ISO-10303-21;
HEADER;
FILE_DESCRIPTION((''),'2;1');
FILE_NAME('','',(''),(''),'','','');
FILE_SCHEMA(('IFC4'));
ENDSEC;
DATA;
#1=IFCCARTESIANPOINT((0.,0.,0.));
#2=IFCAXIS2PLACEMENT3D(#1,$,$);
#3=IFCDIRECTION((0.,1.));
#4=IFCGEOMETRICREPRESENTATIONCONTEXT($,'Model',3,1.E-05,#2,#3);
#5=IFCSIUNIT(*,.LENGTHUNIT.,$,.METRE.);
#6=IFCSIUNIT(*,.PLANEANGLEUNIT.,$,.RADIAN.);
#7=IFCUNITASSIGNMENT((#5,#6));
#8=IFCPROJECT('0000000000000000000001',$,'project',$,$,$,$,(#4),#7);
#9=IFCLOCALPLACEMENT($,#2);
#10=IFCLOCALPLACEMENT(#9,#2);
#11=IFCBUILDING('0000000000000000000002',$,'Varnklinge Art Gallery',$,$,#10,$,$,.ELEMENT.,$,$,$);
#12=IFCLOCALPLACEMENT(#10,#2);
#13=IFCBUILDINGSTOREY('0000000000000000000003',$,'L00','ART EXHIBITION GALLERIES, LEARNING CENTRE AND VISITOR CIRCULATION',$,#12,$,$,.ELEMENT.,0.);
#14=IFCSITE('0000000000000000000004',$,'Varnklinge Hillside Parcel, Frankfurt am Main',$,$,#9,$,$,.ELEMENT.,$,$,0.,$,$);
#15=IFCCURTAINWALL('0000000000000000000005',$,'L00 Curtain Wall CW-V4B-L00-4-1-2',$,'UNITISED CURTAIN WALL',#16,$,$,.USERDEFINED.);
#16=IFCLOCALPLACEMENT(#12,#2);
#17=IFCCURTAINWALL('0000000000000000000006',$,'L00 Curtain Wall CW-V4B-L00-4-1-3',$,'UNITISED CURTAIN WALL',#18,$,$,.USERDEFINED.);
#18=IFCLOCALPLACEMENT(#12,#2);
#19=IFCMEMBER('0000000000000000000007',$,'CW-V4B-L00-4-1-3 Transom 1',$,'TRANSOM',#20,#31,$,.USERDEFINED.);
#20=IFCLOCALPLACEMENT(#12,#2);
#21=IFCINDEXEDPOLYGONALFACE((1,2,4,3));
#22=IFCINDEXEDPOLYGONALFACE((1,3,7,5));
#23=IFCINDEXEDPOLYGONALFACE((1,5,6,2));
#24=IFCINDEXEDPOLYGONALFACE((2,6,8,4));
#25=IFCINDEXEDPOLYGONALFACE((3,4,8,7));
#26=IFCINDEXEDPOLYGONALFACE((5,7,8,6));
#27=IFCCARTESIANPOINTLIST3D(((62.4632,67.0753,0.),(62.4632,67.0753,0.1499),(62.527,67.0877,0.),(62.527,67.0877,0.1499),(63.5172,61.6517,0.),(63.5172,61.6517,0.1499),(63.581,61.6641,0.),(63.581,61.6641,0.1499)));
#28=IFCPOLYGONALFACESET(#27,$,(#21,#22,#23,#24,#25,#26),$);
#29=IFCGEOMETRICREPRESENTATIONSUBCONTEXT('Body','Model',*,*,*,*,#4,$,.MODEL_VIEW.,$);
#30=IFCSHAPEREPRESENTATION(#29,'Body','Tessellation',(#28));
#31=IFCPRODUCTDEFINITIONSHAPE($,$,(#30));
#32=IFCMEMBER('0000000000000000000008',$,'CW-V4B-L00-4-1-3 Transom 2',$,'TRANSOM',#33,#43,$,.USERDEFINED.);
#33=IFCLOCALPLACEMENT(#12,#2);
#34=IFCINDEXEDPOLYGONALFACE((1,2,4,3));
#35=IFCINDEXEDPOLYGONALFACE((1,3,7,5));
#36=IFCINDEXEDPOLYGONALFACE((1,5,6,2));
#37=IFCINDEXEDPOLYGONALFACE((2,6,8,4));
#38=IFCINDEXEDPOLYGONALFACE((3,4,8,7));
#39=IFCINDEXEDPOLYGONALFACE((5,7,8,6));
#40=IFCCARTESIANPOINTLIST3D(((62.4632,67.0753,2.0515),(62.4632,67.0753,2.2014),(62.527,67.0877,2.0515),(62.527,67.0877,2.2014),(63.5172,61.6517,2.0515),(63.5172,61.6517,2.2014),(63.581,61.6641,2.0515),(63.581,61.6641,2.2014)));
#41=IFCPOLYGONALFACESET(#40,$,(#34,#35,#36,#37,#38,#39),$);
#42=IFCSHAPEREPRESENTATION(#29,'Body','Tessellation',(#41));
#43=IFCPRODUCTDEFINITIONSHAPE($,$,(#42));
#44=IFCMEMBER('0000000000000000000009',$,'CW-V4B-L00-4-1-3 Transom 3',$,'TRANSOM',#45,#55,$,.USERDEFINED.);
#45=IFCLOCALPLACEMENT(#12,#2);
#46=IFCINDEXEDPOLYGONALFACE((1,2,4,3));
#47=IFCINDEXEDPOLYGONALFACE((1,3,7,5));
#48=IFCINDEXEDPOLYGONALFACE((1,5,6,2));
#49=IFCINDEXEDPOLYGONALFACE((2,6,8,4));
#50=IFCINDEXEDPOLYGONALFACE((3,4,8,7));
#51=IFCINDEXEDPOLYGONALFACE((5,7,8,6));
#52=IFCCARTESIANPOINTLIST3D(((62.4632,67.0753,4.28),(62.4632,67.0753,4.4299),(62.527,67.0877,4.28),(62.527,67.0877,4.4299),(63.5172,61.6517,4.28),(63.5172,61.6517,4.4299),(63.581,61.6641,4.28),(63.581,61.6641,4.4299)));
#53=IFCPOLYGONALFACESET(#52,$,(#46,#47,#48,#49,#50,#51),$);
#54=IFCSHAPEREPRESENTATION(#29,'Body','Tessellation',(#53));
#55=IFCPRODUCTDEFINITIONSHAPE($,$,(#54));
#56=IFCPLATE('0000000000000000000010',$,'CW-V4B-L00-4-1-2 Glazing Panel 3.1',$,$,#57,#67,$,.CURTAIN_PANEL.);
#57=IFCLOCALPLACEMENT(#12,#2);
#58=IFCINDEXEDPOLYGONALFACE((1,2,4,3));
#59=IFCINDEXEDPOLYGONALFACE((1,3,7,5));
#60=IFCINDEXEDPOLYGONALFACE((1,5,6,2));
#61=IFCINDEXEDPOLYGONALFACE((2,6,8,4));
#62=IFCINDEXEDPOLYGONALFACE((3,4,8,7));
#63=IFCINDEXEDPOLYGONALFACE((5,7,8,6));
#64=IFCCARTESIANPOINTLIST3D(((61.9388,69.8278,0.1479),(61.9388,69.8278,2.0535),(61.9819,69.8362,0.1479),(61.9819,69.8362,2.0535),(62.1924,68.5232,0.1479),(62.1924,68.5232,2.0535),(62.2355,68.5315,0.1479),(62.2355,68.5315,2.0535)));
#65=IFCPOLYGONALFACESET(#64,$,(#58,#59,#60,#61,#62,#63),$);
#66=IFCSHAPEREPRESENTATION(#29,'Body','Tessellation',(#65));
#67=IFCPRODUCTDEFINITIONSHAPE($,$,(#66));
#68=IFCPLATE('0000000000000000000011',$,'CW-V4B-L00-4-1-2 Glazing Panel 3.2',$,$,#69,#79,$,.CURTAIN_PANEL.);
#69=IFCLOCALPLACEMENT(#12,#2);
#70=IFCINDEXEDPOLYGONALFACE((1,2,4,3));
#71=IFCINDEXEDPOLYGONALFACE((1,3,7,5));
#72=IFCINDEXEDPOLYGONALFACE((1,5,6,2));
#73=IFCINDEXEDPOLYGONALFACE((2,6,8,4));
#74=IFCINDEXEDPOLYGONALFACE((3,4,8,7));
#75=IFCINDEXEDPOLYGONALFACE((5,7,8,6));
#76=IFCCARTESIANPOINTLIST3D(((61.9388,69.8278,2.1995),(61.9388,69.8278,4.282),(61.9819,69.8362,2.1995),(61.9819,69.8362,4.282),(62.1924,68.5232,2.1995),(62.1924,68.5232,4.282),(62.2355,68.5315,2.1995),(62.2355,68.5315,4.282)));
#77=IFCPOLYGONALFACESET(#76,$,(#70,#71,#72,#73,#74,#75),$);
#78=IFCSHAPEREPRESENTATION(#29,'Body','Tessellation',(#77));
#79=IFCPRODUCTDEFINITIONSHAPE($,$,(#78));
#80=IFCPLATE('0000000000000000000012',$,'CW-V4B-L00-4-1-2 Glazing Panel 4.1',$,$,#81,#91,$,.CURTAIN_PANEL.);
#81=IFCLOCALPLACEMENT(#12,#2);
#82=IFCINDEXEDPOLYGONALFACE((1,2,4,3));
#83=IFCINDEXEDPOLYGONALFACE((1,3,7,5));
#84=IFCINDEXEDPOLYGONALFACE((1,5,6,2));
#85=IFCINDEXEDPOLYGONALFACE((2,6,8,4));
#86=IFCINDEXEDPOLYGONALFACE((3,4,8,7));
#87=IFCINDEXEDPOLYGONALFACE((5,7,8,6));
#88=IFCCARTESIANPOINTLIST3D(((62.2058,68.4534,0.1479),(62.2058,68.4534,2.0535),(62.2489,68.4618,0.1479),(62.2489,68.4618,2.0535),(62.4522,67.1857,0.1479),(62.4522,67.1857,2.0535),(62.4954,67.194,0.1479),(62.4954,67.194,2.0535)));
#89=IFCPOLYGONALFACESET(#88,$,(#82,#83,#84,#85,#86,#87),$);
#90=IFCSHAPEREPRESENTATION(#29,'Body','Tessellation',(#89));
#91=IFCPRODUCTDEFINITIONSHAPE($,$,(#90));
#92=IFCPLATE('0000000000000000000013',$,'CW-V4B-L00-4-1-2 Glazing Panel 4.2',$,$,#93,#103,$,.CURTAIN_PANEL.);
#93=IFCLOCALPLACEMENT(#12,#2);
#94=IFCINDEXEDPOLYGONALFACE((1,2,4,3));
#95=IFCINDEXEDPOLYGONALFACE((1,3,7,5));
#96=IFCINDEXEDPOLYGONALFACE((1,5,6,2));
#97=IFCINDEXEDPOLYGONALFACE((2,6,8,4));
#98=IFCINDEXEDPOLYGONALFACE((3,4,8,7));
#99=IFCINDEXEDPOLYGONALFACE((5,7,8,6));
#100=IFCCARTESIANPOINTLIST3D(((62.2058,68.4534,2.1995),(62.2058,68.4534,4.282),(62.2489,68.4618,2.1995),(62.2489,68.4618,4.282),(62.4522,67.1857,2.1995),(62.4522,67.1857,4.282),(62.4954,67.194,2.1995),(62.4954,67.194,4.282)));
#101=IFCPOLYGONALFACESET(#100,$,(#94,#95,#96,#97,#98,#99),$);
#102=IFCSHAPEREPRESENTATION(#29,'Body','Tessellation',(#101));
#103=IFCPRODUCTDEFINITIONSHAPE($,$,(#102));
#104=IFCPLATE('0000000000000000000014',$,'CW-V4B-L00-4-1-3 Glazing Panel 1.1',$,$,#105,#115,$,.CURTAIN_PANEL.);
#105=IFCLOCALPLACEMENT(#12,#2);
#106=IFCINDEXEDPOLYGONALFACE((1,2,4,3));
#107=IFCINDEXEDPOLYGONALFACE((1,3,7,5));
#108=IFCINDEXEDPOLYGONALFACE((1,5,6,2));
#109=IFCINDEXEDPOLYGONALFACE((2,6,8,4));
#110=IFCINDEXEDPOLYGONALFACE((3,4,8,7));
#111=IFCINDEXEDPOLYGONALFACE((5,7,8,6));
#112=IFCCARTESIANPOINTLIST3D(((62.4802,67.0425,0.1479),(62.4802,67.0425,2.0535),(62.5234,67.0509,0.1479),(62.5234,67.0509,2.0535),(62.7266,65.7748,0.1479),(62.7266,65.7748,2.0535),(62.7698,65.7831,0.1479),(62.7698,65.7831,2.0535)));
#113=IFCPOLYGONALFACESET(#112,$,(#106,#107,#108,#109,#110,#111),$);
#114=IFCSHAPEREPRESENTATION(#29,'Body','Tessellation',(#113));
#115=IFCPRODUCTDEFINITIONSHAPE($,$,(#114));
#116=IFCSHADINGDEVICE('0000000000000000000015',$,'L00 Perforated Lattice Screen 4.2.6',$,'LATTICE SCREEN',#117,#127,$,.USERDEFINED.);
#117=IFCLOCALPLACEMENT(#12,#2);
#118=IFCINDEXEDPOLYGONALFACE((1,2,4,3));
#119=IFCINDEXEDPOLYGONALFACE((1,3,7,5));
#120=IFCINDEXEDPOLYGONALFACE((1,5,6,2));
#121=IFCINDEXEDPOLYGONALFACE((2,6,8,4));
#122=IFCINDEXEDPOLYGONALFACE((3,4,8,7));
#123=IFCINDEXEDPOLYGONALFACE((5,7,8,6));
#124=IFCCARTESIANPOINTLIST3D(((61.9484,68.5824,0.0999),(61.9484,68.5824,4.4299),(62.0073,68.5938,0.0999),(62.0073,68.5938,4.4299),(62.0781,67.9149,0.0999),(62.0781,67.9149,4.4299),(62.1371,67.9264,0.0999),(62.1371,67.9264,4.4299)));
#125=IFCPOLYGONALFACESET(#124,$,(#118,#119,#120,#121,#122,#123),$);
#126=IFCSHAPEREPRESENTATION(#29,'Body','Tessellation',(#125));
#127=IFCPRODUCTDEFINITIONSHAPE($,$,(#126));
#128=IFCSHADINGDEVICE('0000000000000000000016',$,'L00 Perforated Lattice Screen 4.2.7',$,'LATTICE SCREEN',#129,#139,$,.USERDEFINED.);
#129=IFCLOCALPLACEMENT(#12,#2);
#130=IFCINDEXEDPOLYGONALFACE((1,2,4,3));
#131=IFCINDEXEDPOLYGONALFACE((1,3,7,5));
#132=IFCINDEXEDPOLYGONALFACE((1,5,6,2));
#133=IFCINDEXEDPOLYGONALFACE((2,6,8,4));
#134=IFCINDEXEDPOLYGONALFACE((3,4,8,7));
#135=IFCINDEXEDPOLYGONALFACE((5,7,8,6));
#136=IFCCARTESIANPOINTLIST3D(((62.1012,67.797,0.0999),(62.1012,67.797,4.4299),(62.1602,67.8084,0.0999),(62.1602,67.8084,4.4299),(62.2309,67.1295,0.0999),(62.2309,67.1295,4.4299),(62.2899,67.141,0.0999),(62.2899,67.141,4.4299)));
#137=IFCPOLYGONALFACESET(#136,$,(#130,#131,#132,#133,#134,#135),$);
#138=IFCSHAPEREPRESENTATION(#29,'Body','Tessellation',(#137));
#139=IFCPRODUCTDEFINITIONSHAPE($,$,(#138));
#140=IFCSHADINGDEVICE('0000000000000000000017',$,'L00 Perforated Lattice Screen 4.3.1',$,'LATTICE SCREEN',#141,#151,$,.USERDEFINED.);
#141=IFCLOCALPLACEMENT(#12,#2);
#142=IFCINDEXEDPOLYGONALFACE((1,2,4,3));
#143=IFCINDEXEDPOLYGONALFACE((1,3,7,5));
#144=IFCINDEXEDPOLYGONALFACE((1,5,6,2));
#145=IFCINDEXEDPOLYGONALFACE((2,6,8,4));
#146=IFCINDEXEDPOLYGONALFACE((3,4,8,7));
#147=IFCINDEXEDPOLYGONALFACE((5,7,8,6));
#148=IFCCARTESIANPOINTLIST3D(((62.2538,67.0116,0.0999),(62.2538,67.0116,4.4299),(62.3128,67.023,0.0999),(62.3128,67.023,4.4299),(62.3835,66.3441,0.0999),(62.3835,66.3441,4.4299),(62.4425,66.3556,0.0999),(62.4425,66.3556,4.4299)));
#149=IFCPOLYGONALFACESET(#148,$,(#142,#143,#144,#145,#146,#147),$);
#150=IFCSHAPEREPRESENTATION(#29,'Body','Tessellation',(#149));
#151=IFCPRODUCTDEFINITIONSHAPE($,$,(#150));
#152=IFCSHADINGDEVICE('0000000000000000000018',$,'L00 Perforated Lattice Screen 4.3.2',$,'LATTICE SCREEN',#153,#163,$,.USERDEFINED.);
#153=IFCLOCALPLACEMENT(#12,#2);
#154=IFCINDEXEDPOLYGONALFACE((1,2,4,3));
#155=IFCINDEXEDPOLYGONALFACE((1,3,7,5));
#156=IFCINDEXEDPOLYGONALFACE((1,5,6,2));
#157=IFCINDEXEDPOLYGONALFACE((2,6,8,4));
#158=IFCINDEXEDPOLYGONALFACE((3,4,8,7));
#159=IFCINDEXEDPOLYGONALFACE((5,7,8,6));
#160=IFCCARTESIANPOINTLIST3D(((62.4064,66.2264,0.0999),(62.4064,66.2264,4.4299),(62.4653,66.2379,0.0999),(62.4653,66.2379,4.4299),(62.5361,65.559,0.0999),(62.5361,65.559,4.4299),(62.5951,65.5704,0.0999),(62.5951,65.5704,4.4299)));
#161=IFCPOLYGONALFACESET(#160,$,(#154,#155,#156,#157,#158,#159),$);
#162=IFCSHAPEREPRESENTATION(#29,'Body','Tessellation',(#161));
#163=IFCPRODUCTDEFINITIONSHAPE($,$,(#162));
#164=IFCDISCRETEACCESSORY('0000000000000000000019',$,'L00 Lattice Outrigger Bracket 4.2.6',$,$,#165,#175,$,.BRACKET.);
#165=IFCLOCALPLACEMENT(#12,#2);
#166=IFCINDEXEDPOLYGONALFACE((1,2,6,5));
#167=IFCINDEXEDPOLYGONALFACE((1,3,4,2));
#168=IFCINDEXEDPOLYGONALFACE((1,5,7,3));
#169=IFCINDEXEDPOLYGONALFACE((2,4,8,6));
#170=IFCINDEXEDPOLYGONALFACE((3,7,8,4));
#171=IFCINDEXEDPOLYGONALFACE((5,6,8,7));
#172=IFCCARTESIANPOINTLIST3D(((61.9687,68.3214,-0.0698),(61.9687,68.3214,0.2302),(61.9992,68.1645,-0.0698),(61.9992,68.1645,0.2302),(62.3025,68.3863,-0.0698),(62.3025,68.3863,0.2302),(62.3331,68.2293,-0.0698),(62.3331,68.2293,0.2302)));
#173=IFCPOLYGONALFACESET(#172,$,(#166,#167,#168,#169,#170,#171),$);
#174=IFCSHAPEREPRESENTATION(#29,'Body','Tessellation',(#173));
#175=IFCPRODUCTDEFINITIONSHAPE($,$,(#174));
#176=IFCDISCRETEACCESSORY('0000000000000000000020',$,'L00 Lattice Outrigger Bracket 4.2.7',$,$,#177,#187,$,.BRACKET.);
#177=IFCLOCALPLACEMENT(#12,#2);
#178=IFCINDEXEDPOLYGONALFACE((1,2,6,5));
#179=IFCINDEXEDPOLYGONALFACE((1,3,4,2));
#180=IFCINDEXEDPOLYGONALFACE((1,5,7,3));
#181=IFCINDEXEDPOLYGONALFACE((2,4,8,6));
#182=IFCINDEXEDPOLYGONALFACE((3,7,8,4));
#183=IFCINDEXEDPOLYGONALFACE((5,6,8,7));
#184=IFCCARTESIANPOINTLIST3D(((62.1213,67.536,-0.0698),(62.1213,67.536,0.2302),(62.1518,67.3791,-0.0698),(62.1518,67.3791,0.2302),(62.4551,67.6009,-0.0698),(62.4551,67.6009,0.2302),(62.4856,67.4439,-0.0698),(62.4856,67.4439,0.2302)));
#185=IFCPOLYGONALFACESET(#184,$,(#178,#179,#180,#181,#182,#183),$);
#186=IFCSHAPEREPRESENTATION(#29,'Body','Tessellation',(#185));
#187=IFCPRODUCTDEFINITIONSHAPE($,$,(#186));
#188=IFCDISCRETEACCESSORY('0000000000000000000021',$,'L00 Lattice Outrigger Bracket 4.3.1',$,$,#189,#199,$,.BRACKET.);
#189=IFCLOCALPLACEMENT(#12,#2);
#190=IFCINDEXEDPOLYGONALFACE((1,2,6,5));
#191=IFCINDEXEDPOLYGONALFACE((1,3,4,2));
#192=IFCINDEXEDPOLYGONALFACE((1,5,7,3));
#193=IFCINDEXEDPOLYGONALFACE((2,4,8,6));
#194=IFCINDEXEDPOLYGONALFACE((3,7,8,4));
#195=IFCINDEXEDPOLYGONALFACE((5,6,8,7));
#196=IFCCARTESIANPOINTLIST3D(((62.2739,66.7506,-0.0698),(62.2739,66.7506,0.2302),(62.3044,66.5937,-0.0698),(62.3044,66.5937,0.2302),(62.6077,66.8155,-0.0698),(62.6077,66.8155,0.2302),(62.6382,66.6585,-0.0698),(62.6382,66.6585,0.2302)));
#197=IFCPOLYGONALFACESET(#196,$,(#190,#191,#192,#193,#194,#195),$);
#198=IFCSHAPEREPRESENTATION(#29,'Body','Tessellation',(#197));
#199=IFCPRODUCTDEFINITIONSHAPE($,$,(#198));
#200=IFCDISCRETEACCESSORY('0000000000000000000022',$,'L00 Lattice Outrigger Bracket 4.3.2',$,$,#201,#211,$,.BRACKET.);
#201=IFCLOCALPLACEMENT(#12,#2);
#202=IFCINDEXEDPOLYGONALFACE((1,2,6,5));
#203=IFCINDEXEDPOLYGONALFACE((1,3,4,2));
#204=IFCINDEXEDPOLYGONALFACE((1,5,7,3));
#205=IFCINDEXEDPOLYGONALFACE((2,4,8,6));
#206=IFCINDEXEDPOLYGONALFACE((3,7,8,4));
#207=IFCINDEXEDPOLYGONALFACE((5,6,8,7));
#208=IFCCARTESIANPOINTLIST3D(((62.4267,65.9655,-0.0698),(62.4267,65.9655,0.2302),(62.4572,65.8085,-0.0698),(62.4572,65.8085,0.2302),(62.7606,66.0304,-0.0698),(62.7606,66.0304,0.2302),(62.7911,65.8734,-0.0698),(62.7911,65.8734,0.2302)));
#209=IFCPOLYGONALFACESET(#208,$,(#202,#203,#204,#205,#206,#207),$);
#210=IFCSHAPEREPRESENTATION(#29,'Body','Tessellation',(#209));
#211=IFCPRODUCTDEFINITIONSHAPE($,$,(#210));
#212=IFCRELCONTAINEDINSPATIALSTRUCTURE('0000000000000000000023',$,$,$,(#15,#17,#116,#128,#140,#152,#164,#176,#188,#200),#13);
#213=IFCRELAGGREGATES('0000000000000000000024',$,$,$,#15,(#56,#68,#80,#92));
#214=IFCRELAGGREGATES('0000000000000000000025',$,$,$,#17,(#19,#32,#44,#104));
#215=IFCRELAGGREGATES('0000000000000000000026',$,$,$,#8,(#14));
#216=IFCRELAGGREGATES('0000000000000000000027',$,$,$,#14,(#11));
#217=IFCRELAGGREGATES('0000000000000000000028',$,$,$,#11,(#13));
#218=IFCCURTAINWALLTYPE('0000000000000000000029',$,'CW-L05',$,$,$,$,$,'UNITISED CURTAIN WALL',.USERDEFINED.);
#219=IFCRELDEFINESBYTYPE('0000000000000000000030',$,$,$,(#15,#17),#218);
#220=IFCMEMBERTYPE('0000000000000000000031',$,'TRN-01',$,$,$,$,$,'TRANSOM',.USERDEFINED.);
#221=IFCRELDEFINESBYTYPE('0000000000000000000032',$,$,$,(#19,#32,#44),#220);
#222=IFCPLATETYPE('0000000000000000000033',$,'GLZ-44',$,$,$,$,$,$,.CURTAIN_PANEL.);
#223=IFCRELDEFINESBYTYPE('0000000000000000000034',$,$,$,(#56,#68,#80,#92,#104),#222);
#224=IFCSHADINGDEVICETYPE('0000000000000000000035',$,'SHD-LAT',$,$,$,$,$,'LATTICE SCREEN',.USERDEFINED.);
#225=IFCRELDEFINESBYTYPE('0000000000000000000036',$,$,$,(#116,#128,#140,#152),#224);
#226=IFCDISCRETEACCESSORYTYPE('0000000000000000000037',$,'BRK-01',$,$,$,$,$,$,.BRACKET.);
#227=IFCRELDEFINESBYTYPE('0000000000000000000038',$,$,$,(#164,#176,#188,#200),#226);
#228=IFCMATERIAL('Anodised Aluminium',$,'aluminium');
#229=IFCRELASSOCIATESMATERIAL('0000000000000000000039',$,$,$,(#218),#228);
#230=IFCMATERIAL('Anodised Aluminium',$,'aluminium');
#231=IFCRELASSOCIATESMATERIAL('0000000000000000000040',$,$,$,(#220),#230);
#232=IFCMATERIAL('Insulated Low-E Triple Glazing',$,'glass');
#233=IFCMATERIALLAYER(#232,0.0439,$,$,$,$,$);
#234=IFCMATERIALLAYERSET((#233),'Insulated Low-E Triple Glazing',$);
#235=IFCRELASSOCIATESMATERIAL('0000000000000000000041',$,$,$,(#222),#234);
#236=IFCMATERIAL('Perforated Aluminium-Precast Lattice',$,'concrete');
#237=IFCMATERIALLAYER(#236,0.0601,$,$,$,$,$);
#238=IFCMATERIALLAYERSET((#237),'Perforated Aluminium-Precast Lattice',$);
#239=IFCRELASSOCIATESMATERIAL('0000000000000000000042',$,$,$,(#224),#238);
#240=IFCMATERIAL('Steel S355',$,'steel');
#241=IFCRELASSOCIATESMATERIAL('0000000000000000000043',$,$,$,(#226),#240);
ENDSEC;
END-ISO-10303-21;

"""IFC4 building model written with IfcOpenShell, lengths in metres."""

from ifc_helpers import new_model, si_unit, direction, frame, origin, origin_2d, place, context, subcontext, project, spatial, rectangle, extrude, material, layer, layer_set, material_profile, profile_set, type_object, element, aggregate, save


model = new_model("IFC4")

# Units and contexts
model_context = context("Model", 3, precision=1e-05, world=origin(), true_north=direction((0.0, 1.0)))
body_context = subcontext(model_context, "Body", "Model", "MODEL_VIEW")
ifc_project = project(units=[si_unit("LENGTHUNIT", "METRE"), si_unit("PLANEANGLEUNIT", "RADIAN")], contexts=[model_context])

# Site, building, storey
site_placement = place(None, origin())
site = spatial("IfcSite", under=ifc_project, at=site_placement, Name="Varnklinge Hillside Parcel, Frankfurt am Main", CompositionType="ELEMENT", RefElevation=0.0)
building_placement = place(site_placement, origin())
building = spatial("IfcBuilding", under=site, at=building_placement, Name="Varnklinge Art Gallery", CompositionType="ELEMENT")
storey_placement = place(building_placement, origin())
storey = spatial("IfcBuildingStorey", under=building, at=storey_placement, Name="L00", Description="ART EXHIBITION GALLERIES, LEARNING CENTRE AND VISITOR CIRCULATION", CompositionType="ELEMENT", Elevation=0.0)

# Curtain wall
ifc_material_1 = material(Name="Anodised Aluminium", Category="aluminium")
curtain_wall_type = type_object("IfcCurtainWallType", Name="CW-L05", ElementType="UNITISED CURTAIN WALL", PredefinedType="USERDEFINED", material=ifc_material_1)
curtain_wall_1_placement = place(storey_placement, origin())
curtain_wall_1 = element("IfcCurtainWall", 1, at=curtain_wall_1_placement, inside=storey, type_object=curtain_wall_type, Name="L00 Curtain Wall CW-V4B-L00-4-1-2", ObjectType="UNITISED CURTAIN WALL", PredefinedType="USERDEFINED")

# Curtain wall
curtain_wall_2_placement = place(storey_placement, origin())
curtain_wall_2 = element("IfcCurtainWall", 2, at=curtain_wall_2_placement, inside=storey, type_object=curtain_wall_type, Name="L00 Curtain Wall CW-V4B-L00-4-1-3", ObjectType="UNITISED CURTAIN WALL", PredefinedType="USERDEFINED")

# Members
ifc_material_2 = material(Name="Anodised Aluminium", Category="aluminium")
ifc_material_profile_1 = material_profile(ifc_material_2, rectangle(XDim=0.0649, YDim=0.1499, at=origin_2d()), Name="ALU 65x150")
ifc_profile_set_1 = profile_set([ifc_material_profile_1], Name="Anodised Aluminium")
member_type_1 = type_object("IfcMemberType", Name="TRN-01", ElementType="TRANSOM", PredefinedType="USERDEFINED", material=ifc_profile_set_1)
member_1_placement = place(storey_placement, frame((62.4951, 67.0815, 0.075), z_axis=(0.19076, -0.981637, 0.0), x_axis=(0.981637, 0.19076, 0.0)))
member_1 = element("IfcMember", 3, at=member_1_placement, type_object=member_type_1, Name="CW-V4B-L00-4-1-3 Transom 1", ObjectType="TRANSOM", PredefinedType="USERDEFINED", context=body_context, shape_type="SweptSolid", body=[
    extrude(rectangle(XDim=0.0649, YDim=0.1499, at=origin_2d()), origin(), (0.0, 0.0, 1.0), 5.5251),
])
member_2_placement = place(storey_placement, frame((62.4951, 67.0815, 2.1265), z_axis=(0.19076, -0.981637, 0.0), x_axis=(0.981637, 0.19076, 0.0)))
member_2 = element("IfcMember", 4, at=member_2_placement, type_object=member_type_1, Name="CW-V4B-L00-4-1-3 Transom 2", ObjectType="TRANSOM", PredefinedType="USERDEFINED", context=body_context, shape_type="SweptSolid", body=[
    extrude(rectangle(XDim=0.0649, YDim=0.1499, at=origin_2d()), origin(), (0.0, 0.0, 1.0), 5.5251),
])
member_3_placement = place(storey_placement, frame((62.4951, 67.0815, 4.355), z_axis=(0.19076, -0.981637, 0.0), x_axis=(0.981637, 0.19076, 0.0)))
member_3 = element("IfcMember", 5, at=member_3_placement, type_object=member_type_1, Name="CW-V4B-L00-4-1-3 Transom 3", ObjectType="TRANSOM", PredefinedType="USERDEFINED", context=body_context, shape_type="SweptSolid", body=[
    extrude(rectangle(XDim=0.0649, YDim=0.1499, at=origin_2d()), origin(), (0.0, 0.0, 1.0), 5.5251),
])

# Plates
ifc_material_3 = material(Name="Insulated Low-E Triple Glazing", Category="glass")
ifc_layer_1 = layer(ifc_material_3, 0.0439)
ifc_layer_set_1 = layer_set([ifc_layer_1], Name="Insulated Low-E Triple Glazing")
plate_type = type_object("IfcPlateType", Name="GLZ-44", PredefinedType="CURTAIN_PANEL", material=ifc_layer_set_1)
plate_1_placement = place(storey_placement, frame((62.0872, 69.1797, 0.1479), z_axis=(0.0, 0.0, 1.0), x_axis=(0.190809, -0.981627, 0.0)))
plate_1 = element("IfcPlate", 6, at=plate_1_placement, type_object=plate_type, Name="CW-V4B-L00-4-1-2 Glazing Panel 3.1", PredefinedType="CURTAIN_PANEL", context=body_context, shape_type="SweptSolid", body=[
    extrude(rectangle(XDim=1.3291, YDim=0.0439, at=origin_2d()), origin(), (0.0, 0.0, 1.0), 1.9055),
])
plate_2_placement = place(storey_placement, frame((62.0872, 69.1797, 2.1995), z_axis=(0.0, 0.0, 1.0), x_axis=(0.190809, -0.981627, 0.0)))
plate_2 = element("IfcPlate", 7, at=plate_2_placement, type_object=plate_type, Name="CW-V4B-L00-4-1-2 Glazing Panel 3.2", PredefinedType="CURTAIN_PANEL", context=body_context, shape_type="SweptSolid", body=[
    extrude(rectangle(XDim=1.3291, YDim=0.0439, at=origin_2d()), origin(), (0.0, 0.0, 1.0), 2.0825),
])
plate_3_placement = place(storey_placement, frame((62.3506, 67.8237, 0.1479), z_axis=(0.0, 0.0, 1.0), x_axis=(0.190809, -0.981627, 0.0)))
plate_3 = element("IfcPlate", 8, at=plate_3_placement, type_object=plate_type, Name="CW-V4B-L00-4-1-2 Glazing Panel 4.1", PredefinedType="CURTAIN_PANEL", context=body_context, shape_type="SweptSolid", body=[
    extrude(rectangle(XDim=1.2915, YDim=0.0439, at=origin_2d()), origin(), (0.0, 0.0, 1.0), 1.9055),
])
plate_4_placement = place(storey_placement, frame((62.3506, 67.8237, 2.1995), z_axis=(0.0, 0.0, 1.0), x_axis=(0.190809, -0.981627, 0.0)))
plate_4 = element("IfcPlate", 9, at=plate_4_placement, type_object=plate_type, Name="CW-V4B-L00-4-1-2 Glazing Panel 4.2", PredefinedType="CURTAIN_PANEL", context=body_context, shape_type="SweptSolid", body=[
    extrude(rectangle(XDim=1.2915, YDim=0.0439, at=origin_2d()), origin(), (0.0, 0.0, 1.0), 2.0825),
])
aggregate(curtain_wall_1, [plate_1, plate_2, plate_3, plate_4])
plate_5_placement = place(storey_placement, frame((62.625, 66.4128, 0.1479), z_axis=(0.0, 0.0, 1.0), x_axis=(0.190809, -0.981627, 0.0)))
plate_5 = element("IfcPlate", 10, at=plate_5_placement, type_object=plate_type, Name="CW-V4B-L00-4-1-3 Glazing Panel 1.1", PredefinedType="CURTAIN_PANEL", context=body_context, shape_type="SweptSolid", body=[
    extrude(rectangle(XDim=1.2915, YDim=0.0439, at=origin_2d()), origin(), (0.0, 0.0, 1.0), 1.9055),
])
aggregate(curtain_wall_2, [member_1, member_2, member_3, plate_5])

# Shading devices
ifc_material_4 = material(Name="Perforated Aluminium-Precast Lattice", Category="concrete")
ifc_layer_2 = layer(ifc_material_4, 0.0601)
ifc_layer_set_2 = layer_set([ifc_layer_2], Name="Perforated Aluminium-Precast Lattice")
shading_device_type = type_object("IfcShadingDeviceType", Name="SHD-LAT", ElementType="LATTICE SCREEN", PredefinedType="USERDEFINED", material=ifc_layer_set_2)
for number, where, z_axis, x_axis, name in (
    (11, (62.0427, 68.2544, 0.0999), (0.0, 0.0, 1.0), (0.190809, -0.981627, 0.0), "L00 Perforated Lattice Screen 4.2.6"),
    (12, (62.1956, 67.469, 0.0999), (0.0, 0.0, 1.0), (0.190809, -0.981627, 0.0), "L00 Perforated Lattice Screen 4.2.7"),
    (13, (62.3481, 66.6836, 0.0999), (0.0, 0.0, 1.0), (0.190809, -0.981627, 0.0), "L00 Perforated Lattice Screen 4.3.1"),
    (14, (62.5007, 65.8984, 0.0999), (0.0, 0.0, 1.0), (0.190809, -0.981627, 0.0), "L00 Perforated Lattice Screen 4.3.2"),
):
    element("IfcShadingDevice", number, at=place(storey_placement, frame(where, z_axis=z_axis, x_axis=x_axis)), inside=storey, type_object=shading_device_type, Name=name, ObjectType="LATTICE SCREEN", PredefinedType="USERDEFINED", context=body_context, shape_type="SweptSolid", body=[
        extrude(rectangle(XDim=0.6799, YDim=0.0601, at=origin_2d()), origin(), (0.0, 0.0, 1.0), 4.3301),
    ])

# Discrete accessories
ifc_material_5 = material(Name="Steel S355", Category="steel")
discrete_accessory_type = type_object("IfcDiscreteAccessoryType", Name="BRK-01", PredefinedType="BRACKET", material=ifc_material_5)
for number, where, z_axis, x_axis, name in (
    (15, (62.1509, 68.2754, -0.0698), (0.0, 0.0, 1.0), (0.190809, -0.981627, 0.0), "L00 Lattice Outrigger Bracket 4.2.6"),
    (16, (62.3035, 67.49, -0.0698), (0.0, 0.0, 1.0), (0.190809, -0.981627, 0.0), "L00 Lattice Outrigger Bracket 4.2.7"),
    (17, (62.4561, 66.7046, -0.0698), (0.0, 0.0, 1.0), (0.190809, -0.981627, 0.0), "L00 Lattice Outrigger Bracket 4.3.1"),
    (18, (62.6089, 65.9194, -0.0698), (0.0, 0.0, 1.0), (0.190809, -0.981627, 0.0), "L00 Lattice Outrigger Bracket 4.3.2"),
):
    element("IfcDiscreteAccessory", number, at=place(storey_placement, frame(where, z_axis=z_axis, x_axis=x_axis)), inside=storey, type_object=discrete_accessory_type, Name=name, PredefinedType="BRACKET", context=body_context, shape_type="SweptSolid", body=[
        extrude(rectangle(XDim=0.1599, YDim=0.3401, at=origin_2d()), origin(), (0.0, 0.0, 1.0), 0.3),
    ])

save(model, "model.ifc")
